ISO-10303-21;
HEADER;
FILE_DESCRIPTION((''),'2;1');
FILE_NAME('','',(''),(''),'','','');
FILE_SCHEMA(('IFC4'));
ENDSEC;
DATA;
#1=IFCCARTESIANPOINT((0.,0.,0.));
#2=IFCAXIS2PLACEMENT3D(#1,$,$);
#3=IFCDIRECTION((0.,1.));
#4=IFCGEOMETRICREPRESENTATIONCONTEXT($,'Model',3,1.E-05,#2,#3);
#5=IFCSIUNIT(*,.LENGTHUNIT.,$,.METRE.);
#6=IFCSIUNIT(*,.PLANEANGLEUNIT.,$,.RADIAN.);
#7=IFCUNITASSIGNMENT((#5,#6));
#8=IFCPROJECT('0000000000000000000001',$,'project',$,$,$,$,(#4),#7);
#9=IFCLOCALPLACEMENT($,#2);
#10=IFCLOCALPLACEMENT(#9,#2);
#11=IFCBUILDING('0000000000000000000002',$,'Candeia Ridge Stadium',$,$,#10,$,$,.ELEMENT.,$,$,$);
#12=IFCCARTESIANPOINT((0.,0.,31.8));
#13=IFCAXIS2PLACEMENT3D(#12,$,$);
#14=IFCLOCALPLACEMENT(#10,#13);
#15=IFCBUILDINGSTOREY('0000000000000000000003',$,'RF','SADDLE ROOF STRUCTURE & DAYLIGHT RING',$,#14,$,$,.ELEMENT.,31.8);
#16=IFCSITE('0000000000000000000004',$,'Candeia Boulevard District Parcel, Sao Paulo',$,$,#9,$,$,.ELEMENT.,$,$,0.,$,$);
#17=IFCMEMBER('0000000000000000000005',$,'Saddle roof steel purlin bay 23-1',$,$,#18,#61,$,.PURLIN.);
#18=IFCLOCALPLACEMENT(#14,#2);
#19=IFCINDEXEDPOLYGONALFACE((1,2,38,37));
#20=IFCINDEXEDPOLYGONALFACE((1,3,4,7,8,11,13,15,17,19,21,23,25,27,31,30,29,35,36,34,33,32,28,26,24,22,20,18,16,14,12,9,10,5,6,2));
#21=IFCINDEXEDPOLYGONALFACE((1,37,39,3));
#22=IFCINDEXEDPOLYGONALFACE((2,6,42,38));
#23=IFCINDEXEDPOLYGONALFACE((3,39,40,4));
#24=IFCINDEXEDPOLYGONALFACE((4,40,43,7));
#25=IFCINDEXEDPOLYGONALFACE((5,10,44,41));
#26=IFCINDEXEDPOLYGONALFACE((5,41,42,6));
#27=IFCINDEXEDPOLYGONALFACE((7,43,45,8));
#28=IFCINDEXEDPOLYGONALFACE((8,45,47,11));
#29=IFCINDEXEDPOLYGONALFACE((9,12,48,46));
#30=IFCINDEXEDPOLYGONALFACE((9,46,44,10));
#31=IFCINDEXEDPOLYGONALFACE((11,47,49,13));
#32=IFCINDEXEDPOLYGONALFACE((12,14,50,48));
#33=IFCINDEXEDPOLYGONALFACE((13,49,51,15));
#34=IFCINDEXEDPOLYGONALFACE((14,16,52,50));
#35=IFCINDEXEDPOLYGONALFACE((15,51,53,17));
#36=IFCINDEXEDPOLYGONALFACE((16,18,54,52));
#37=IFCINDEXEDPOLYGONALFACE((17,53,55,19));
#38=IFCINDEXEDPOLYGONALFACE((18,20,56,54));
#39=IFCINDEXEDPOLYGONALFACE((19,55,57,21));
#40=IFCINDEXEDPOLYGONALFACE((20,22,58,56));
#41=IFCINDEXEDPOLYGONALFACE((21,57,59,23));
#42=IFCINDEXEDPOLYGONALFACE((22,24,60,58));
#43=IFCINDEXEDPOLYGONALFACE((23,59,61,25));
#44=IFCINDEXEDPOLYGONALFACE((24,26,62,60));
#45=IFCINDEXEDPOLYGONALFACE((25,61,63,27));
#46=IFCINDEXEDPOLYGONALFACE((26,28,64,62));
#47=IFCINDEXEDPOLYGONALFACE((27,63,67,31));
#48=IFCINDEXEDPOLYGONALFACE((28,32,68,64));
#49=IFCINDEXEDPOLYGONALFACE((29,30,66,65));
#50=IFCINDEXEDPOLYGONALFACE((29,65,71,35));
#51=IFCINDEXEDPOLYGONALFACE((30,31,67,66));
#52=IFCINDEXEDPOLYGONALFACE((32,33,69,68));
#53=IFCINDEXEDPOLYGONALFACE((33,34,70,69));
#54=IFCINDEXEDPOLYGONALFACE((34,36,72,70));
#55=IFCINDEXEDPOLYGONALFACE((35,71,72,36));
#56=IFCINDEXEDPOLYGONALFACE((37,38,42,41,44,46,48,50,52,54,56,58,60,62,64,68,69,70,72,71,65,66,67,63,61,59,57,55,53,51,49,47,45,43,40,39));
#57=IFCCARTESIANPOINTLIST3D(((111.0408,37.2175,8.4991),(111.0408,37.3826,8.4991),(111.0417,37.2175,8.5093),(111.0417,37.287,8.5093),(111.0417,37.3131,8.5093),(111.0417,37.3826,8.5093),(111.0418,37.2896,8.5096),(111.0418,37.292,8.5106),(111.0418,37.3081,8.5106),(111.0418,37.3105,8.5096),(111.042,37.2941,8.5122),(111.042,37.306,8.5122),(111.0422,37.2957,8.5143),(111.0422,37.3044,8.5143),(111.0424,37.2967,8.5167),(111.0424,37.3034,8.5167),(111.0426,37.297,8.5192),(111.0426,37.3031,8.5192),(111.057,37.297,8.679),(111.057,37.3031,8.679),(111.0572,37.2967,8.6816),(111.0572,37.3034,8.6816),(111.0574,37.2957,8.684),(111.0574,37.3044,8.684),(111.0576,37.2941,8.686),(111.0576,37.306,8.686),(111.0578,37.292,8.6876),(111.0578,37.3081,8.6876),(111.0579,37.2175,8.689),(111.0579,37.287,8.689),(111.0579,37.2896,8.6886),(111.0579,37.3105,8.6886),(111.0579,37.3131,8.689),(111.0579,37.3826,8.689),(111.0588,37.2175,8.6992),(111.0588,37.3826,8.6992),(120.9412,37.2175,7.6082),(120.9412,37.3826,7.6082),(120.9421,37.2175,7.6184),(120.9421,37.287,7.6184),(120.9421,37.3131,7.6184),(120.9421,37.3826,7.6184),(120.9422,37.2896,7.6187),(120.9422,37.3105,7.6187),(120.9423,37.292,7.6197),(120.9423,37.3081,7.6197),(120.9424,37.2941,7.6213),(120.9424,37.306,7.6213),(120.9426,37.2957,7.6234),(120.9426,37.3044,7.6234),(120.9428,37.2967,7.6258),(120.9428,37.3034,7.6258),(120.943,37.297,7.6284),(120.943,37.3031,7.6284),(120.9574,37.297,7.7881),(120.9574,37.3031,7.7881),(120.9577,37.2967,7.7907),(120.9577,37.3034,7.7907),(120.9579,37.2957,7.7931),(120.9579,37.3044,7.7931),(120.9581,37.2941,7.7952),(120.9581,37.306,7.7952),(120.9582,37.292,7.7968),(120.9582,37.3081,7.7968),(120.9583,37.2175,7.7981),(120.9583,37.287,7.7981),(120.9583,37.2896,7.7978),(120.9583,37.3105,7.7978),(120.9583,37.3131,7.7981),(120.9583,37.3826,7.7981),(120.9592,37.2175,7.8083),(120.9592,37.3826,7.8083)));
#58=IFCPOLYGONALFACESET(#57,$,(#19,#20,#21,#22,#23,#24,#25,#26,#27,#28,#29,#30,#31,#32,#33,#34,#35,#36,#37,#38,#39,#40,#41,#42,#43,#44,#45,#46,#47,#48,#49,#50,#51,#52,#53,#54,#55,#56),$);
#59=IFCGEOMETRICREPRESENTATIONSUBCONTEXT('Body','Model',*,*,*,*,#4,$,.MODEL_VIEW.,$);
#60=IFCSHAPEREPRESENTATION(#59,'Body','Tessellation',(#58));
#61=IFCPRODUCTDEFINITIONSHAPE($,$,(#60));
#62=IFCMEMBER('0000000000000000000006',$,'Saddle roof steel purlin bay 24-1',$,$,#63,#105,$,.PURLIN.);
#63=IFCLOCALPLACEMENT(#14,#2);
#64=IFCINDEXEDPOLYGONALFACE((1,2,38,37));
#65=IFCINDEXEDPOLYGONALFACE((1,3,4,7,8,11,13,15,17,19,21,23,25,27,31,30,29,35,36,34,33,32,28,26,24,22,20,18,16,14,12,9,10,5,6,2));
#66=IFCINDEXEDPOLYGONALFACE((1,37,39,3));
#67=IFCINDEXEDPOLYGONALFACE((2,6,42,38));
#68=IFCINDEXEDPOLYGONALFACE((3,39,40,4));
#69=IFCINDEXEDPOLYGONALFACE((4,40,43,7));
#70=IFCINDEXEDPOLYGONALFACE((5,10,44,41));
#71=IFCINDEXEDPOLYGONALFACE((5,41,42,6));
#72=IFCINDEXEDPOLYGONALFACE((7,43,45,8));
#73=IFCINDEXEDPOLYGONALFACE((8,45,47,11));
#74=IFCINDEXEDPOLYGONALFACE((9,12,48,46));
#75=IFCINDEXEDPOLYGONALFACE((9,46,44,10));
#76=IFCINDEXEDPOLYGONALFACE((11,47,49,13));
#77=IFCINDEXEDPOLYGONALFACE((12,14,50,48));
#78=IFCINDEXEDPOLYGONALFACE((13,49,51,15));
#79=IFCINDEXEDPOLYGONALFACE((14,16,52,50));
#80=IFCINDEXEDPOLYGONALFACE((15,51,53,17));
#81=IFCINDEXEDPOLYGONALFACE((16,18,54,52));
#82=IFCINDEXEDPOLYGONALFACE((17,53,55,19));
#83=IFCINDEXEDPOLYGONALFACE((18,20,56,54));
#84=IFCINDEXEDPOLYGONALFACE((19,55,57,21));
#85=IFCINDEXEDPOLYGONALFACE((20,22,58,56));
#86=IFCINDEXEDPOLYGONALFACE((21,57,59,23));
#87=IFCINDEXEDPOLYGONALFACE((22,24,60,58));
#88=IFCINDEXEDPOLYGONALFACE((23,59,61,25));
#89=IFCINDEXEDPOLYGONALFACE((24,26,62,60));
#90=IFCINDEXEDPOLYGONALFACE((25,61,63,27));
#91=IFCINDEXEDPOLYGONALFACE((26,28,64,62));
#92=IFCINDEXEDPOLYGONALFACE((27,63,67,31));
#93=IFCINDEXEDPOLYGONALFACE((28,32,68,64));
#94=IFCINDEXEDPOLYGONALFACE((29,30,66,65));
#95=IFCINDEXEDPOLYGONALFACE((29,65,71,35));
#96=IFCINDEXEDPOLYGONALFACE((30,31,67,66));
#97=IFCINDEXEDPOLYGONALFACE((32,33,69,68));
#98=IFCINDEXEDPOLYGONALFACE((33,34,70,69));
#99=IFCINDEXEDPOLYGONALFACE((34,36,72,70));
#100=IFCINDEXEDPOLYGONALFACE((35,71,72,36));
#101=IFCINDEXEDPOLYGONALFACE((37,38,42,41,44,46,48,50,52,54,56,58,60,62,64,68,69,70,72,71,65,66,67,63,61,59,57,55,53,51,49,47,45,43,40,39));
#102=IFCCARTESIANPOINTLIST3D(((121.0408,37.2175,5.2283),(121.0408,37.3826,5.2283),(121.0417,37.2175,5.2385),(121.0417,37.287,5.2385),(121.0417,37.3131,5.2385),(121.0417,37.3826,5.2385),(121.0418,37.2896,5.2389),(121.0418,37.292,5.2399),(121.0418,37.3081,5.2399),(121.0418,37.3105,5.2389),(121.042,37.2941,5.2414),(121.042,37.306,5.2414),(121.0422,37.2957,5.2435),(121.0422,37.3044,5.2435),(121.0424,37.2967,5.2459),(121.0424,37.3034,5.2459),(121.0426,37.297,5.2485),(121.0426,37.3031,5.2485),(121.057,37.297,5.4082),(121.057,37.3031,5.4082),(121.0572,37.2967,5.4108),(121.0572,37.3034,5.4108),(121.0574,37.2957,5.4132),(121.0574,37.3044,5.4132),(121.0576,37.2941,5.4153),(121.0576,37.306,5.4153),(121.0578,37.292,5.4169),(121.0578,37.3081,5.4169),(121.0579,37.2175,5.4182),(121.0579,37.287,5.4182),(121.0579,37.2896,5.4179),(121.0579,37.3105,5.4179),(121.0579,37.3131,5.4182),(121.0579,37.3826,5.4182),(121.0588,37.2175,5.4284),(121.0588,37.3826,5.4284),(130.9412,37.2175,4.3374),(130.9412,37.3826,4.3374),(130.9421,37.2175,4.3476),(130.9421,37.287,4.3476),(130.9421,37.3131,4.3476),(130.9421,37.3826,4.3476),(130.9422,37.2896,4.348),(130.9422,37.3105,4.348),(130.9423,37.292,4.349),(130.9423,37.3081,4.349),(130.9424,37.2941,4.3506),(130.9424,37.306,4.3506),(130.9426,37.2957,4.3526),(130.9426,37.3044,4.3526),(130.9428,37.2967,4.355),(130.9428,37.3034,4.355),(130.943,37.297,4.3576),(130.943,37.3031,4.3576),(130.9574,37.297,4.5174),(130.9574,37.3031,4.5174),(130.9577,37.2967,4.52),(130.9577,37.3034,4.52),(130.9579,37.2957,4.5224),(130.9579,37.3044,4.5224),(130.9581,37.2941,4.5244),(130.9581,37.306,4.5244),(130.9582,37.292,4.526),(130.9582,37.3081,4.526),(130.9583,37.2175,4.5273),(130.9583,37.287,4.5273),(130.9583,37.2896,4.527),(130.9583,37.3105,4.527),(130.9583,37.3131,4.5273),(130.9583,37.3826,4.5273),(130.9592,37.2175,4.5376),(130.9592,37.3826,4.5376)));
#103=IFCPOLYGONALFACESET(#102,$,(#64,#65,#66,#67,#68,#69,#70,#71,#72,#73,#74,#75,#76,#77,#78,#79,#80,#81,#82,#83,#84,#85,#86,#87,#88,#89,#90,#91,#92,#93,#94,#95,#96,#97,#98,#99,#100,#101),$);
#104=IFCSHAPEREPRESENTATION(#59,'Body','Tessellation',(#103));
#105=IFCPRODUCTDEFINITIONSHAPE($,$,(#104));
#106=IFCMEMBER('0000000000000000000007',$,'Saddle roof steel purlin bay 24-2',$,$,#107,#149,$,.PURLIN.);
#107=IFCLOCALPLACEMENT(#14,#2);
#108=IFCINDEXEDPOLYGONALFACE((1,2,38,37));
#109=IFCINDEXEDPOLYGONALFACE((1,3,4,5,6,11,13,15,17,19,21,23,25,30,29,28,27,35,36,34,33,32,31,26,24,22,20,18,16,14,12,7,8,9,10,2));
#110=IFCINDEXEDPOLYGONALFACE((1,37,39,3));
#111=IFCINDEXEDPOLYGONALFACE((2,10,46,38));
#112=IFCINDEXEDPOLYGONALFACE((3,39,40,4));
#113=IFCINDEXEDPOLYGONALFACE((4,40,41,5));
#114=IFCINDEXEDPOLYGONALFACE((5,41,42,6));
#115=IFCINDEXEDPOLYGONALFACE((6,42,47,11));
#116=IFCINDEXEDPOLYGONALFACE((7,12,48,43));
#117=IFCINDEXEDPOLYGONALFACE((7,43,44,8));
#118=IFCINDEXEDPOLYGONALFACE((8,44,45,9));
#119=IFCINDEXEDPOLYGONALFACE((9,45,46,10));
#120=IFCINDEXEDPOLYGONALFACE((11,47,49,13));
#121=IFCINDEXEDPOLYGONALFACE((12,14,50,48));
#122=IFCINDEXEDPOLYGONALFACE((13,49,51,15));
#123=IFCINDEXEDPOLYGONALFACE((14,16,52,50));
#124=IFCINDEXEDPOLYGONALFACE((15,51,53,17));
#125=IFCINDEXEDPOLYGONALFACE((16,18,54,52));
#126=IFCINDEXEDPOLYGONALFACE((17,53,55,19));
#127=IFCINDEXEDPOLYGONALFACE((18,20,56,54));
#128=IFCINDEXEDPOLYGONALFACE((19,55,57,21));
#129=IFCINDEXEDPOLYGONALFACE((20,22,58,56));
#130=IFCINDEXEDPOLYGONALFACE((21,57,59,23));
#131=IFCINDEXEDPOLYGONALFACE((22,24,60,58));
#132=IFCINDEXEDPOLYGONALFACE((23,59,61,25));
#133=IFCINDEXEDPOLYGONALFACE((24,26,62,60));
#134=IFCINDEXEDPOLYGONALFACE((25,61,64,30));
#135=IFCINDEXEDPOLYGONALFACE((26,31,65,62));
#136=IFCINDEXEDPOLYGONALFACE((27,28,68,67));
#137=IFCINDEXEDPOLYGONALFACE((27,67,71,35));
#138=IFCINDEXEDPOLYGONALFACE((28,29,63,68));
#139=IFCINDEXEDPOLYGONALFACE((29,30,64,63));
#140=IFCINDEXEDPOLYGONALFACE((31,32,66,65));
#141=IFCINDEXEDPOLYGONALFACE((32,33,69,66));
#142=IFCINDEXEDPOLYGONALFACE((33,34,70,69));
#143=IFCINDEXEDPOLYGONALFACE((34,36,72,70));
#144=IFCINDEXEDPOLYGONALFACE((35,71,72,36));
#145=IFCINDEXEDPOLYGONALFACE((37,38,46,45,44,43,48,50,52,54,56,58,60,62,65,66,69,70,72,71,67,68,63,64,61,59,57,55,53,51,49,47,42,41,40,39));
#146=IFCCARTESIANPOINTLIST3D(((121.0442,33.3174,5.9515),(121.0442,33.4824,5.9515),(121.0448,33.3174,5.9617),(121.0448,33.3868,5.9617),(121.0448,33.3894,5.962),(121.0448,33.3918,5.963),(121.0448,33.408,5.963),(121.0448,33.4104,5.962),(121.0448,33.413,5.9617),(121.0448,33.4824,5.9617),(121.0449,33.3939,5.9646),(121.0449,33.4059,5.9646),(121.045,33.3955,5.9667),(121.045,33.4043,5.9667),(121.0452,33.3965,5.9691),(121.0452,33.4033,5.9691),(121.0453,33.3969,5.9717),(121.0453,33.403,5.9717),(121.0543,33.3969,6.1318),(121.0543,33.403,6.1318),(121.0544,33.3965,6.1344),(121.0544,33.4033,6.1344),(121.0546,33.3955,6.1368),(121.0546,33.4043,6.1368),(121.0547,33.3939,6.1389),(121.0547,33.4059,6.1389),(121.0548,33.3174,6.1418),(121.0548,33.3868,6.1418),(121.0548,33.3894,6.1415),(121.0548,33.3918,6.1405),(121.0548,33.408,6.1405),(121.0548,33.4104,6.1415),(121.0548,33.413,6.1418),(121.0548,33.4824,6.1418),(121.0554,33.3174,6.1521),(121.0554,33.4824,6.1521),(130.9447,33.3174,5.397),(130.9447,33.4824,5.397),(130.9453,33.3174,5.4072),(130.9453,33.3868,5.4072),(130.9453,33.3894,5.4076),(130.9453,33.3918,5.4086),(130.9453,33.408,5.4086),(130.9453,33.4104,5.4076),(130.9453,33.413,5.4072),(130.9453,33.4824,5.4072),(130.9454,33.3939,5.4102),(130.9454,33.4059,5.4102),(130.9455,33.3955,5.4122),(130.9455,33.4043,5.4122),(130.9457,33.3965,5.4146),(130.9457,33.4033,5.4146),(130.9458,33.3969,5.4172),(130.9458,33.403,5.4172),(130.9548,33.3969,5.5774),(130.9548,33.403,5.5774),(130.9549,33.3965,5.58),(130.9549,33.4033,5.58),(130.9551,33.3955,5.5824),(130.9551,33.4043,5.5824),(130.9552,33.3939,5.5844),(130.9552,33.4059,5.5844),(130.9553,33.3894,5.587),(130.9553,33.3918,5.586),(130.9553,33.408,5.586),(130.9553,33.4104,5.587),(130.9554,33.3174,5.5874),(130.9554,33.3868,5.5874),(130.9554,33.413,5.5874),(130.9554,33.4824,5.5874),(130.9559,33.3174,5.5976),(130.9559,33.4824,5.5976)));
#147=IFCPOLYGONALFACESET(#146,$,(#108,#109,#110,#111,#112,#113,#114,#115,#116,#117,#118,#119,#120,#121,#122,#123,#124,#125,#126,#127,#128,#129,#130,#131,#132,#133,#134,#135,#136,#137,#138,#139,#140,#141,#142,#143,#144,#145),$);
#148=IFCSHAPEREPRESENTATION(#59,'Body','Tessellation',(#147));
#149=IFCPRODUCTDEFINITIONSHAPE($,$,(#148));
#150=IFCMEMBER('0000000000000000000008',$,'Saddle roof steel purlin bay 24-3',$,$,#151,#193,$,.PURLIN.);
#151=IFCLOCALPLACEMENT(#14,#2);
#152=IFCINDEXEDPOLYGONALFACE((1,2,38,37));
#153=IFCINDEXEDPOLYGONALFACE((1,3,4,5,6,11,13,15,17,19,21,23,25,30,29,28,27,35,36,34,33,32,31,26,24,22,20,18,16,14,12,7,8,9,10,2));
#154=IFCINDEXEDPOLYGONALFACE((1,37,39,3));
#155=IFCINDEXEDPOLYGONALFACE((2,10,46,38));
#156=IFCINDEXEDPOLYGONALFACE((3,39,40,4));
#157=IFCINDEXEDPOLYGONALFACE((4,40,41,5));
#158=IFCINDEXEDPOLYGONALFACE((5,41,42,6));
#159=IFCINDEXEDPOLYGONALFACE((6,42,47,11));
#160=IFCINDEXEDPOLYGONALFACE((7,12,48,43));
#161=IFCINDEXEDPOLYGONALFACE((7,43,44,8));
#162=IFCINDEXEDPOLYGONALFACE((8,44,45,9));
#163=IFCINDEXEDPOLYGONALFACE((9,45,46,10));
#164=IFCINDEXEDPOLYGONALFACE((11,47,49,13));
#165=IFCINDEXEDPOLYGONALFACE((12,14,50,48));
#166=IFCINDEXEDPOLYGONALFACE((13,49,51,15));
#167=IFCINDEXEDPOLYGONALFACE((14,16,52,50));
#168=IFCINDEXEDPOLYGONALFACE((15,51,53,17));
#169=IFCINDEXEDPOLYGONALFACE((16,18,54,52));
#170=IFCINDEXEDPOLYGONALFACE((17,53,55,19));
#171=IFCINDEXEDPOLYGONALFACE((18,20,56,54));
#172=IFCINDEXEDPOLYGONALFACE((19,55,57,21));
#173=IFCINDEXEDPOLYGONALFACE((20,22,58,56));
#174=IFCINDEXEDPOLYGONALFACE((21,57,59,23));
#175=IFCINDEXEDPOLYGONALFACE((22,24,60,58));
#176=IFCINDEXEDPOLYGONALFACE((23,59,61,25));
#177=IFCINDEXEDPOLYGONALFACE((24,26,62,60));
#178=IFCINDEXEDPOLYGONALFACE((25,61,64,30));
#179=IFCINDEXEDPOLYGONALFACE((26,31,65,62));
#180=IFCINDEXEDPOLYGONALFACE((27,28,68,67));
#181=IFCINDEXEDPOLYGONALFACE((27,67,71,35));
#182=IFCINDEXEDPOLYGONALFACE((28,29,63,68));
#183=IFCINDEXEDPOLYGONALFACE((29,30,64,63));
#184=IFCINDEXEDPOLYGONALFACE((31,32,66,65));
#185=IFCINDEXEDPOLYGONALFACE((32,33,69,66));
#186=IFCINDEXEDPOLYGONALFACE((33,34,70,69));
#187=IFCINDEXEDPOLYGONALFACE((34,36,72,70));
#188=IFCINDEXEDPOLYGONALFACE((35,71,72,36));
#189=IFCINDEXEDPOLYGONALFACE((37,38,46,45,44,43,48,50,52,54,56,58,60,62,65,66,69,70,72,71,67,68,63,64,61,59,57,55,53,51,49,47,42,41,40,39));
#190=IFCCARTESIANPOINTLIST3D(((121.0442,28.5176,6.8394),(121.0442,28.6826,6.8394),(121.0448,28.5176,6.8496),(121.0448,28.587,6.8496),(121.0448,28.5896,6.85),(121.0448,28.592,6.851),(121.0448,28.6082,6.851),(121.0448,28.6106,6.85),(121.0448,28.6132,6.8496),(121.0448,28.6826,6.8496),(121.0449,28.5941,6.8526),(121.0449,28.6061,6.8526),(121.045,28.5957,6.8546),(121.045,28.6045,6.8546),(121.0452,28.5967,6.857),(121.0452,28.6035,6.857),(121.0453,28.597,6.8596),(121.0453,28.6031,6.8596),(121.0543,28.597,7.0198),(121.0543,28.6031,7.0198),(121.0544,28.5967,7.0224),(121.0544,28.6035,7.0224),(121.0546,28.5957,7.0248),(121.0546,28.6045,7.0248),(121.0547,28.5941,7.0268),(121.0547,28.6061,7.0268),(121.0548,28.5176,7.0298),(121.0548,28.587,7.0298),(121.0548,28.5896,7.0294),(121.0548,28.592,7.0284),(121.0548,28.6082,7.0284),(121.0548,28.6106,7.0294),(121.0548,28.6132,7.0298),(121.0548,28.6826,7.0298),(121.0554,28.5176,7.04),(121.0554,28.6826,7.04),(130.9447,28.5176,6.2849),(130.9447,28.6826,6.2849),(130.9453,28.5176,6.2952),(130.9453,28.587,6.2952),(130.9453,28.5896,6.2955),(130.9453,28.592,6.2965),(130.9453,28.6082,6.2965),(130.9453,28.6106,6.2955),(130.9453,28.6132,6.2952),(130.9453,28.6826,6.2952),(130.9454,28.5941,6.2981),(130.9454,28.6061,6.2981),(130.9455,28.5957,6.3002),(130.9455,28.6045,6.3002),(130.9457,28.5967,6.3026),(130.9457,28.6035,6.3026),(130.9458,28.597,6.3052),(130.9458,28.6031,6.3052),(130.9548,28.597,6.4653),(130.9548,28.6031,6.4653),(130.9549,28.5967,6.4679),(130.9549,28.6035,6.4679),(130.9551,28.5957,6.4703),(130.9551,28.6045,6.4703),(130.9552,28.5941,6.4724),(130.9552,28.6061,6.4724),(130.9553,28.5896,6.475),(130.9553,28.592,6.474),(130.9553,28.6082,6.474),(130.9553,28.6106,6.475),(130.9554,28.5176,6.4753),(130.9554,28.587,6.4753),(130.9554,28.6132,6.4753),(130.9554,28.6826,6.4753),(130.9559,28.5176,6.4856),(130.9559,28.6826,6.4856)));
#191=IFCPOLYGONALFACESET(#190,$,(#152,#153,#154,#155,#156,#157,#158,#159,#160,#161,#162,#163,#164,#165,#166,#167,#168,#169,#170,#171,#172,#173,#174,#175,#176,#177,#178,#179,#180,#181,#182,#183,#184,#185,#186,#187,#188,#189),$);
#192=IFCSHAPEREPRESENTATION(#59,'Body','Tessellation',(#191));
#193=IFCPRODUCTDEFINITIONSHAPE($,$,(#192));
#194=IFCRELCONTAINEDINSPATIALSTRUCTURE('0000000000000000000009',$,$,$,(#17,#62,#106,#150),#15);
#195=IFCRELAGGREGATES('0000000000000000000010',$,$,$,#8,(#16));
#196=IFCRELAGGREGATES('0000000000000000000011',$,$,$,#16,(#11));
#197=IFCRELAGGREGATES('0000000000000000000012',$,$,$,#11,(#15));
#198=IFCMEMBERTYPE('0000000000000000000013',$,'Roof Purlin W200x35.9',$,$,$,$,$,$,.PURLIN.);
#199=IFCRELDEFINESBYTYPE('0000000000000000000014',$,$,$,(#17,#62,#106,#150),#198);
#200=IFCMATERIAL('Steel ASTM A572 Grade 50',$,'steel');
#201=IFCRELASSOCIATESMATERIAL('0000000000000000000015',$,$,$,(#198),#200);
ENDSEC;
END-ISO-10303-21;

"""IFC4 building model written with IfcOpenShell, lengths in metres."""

from ifc_helpers import new_model, si_unit, direction, frame, origin, origin_2d, place, context, subcontext, project, spatial, i_section, extrude, material, material_profile, profile_set, type_object, element, save


model = new_model("IFC4")

# Units and contexts
model_context = context("Model", 3, precision=1e-05, world=origin(), true_north=direction((0.0, 1.0)))
body_context = subcontext(model_context, "Body", "Model", "MODEL_VIEW")
ifc_project = project(units=[si_unit("LENGTHUNIT", "METRE"), si_unit("PLANEANGLEUNIT", "RADIAN")], contexts=[model_context])

# Site, building, storey
site_placement = place(None, origin())
site = spatial("IfcSite", under=ifc_project, at=site_placement, Name="Candeia Boulevard District Parcel, Sao Paulo", CompositionType="ELEMENT", RefElevation=0.0)
building_placement = place(site_placement, origin())
building = spatial("IfcBuilding", under=site, at=building_placement, Name="Candeia Ridge Stadium", CompositionType="ELEMENT")
storey_placement = place(building_placement, frame((0.0, 0.0, 31.8)))
storey = spatial("IfcBuildingStorey", under=building, at=storey_placement, Name="RF", Description="SADDLE ROOF STRUCTURE & DAYLIGHT RING", CompositionType="ELEMENT", Elevation=31.8)

# Shared definitions
ifc_material_1 = material(Name="Steel ASTM A572 Grade 50", Category="steel")

# Members
ifc_material_profile_1 = material_profile(ifc_material_1, i_section(OverallWidth=0.165, OverallDepth=0.2009, WebThickness=0.0061, FlangeThickness=0.0103, FilletRadius=0.01, at=origin_2d()), Name="W200x35.9", Category="steel")
ifc_profile_set_1 = profile_set([ifc_material_profile_1], Name="Steel ASTM A572 Grade 50")
member_type_1 = type_object("IfcMemberType", Name="Roof Purlin W200x35.9", PredefinedType="PURLIN", material=ifc_profile_set_1)
for number, where, z_axis, x_axis, name in (
    (1, (111.0498, 37.3, 8.5991), (0.995976, 0.0, -0.089621), (0.0, 1.0, 0.0), "Saddle roof steel purlin bay 23-1"),
    (2, (121.0498, 37.3, 5.3284), (0.995976, 0.0, -0.089621), (0.0, 1.0, 0.0), "Saddle roof steel purlin bay 24-1"),
):
    element("IfcMember", number, at=place(storey_placement, frame(where, z_axis=z_axis, x_axis=x_axis)), inside=storey, type_object=member_type_1, Name=name, PredefinedType="PURLIN", context=body_context, shape_type="SweptSolid", body=[
        extrude(i_section(OverallWidth=0.165, OverallDepth=0.2009, WebThickness=0.0061, FlangeThickness=0.0103, FilletRadius=0.01, at=origin_2d()), origin(), (0.0, 0.0, 1.0), 9.9404),
    ])
for number, where, z_axis, x_axis, name in (
    (3, (121.0498, 33.3999, 6.0518), (0.998436, 0.0, -0.055915), (0.0, 1.0, 0.0), "Saddle roof steel purlin bay 24-2"),
    (4, (121.0498, 28.6001, 6.9397), (0.998436, 0.0, -0.055915), (0.0, 1.0, 0.0), "Saddle roof steel purlin bay 24-3"),
):
    element("IfcMember", number, at=place(storey_placement, frame(where, z_axis=z_axis, x_axis=x_axis)), inside=storey, type_object=member_type_1, Name=name, PredefinedType="PURLIN", context=body_context, shape_type="SweptSolid", body=[
        extrude(i_section(OverallWidth=0.165, OverallDepth=0.2009, WebThickness=0.0061, FlangeThickness=0.0103, FilletRadius=0.01, at=origin_2d()), origin(), (0.0, 0.0, 1.0), 9.916),
    ])

save(model, "model.ifc")
